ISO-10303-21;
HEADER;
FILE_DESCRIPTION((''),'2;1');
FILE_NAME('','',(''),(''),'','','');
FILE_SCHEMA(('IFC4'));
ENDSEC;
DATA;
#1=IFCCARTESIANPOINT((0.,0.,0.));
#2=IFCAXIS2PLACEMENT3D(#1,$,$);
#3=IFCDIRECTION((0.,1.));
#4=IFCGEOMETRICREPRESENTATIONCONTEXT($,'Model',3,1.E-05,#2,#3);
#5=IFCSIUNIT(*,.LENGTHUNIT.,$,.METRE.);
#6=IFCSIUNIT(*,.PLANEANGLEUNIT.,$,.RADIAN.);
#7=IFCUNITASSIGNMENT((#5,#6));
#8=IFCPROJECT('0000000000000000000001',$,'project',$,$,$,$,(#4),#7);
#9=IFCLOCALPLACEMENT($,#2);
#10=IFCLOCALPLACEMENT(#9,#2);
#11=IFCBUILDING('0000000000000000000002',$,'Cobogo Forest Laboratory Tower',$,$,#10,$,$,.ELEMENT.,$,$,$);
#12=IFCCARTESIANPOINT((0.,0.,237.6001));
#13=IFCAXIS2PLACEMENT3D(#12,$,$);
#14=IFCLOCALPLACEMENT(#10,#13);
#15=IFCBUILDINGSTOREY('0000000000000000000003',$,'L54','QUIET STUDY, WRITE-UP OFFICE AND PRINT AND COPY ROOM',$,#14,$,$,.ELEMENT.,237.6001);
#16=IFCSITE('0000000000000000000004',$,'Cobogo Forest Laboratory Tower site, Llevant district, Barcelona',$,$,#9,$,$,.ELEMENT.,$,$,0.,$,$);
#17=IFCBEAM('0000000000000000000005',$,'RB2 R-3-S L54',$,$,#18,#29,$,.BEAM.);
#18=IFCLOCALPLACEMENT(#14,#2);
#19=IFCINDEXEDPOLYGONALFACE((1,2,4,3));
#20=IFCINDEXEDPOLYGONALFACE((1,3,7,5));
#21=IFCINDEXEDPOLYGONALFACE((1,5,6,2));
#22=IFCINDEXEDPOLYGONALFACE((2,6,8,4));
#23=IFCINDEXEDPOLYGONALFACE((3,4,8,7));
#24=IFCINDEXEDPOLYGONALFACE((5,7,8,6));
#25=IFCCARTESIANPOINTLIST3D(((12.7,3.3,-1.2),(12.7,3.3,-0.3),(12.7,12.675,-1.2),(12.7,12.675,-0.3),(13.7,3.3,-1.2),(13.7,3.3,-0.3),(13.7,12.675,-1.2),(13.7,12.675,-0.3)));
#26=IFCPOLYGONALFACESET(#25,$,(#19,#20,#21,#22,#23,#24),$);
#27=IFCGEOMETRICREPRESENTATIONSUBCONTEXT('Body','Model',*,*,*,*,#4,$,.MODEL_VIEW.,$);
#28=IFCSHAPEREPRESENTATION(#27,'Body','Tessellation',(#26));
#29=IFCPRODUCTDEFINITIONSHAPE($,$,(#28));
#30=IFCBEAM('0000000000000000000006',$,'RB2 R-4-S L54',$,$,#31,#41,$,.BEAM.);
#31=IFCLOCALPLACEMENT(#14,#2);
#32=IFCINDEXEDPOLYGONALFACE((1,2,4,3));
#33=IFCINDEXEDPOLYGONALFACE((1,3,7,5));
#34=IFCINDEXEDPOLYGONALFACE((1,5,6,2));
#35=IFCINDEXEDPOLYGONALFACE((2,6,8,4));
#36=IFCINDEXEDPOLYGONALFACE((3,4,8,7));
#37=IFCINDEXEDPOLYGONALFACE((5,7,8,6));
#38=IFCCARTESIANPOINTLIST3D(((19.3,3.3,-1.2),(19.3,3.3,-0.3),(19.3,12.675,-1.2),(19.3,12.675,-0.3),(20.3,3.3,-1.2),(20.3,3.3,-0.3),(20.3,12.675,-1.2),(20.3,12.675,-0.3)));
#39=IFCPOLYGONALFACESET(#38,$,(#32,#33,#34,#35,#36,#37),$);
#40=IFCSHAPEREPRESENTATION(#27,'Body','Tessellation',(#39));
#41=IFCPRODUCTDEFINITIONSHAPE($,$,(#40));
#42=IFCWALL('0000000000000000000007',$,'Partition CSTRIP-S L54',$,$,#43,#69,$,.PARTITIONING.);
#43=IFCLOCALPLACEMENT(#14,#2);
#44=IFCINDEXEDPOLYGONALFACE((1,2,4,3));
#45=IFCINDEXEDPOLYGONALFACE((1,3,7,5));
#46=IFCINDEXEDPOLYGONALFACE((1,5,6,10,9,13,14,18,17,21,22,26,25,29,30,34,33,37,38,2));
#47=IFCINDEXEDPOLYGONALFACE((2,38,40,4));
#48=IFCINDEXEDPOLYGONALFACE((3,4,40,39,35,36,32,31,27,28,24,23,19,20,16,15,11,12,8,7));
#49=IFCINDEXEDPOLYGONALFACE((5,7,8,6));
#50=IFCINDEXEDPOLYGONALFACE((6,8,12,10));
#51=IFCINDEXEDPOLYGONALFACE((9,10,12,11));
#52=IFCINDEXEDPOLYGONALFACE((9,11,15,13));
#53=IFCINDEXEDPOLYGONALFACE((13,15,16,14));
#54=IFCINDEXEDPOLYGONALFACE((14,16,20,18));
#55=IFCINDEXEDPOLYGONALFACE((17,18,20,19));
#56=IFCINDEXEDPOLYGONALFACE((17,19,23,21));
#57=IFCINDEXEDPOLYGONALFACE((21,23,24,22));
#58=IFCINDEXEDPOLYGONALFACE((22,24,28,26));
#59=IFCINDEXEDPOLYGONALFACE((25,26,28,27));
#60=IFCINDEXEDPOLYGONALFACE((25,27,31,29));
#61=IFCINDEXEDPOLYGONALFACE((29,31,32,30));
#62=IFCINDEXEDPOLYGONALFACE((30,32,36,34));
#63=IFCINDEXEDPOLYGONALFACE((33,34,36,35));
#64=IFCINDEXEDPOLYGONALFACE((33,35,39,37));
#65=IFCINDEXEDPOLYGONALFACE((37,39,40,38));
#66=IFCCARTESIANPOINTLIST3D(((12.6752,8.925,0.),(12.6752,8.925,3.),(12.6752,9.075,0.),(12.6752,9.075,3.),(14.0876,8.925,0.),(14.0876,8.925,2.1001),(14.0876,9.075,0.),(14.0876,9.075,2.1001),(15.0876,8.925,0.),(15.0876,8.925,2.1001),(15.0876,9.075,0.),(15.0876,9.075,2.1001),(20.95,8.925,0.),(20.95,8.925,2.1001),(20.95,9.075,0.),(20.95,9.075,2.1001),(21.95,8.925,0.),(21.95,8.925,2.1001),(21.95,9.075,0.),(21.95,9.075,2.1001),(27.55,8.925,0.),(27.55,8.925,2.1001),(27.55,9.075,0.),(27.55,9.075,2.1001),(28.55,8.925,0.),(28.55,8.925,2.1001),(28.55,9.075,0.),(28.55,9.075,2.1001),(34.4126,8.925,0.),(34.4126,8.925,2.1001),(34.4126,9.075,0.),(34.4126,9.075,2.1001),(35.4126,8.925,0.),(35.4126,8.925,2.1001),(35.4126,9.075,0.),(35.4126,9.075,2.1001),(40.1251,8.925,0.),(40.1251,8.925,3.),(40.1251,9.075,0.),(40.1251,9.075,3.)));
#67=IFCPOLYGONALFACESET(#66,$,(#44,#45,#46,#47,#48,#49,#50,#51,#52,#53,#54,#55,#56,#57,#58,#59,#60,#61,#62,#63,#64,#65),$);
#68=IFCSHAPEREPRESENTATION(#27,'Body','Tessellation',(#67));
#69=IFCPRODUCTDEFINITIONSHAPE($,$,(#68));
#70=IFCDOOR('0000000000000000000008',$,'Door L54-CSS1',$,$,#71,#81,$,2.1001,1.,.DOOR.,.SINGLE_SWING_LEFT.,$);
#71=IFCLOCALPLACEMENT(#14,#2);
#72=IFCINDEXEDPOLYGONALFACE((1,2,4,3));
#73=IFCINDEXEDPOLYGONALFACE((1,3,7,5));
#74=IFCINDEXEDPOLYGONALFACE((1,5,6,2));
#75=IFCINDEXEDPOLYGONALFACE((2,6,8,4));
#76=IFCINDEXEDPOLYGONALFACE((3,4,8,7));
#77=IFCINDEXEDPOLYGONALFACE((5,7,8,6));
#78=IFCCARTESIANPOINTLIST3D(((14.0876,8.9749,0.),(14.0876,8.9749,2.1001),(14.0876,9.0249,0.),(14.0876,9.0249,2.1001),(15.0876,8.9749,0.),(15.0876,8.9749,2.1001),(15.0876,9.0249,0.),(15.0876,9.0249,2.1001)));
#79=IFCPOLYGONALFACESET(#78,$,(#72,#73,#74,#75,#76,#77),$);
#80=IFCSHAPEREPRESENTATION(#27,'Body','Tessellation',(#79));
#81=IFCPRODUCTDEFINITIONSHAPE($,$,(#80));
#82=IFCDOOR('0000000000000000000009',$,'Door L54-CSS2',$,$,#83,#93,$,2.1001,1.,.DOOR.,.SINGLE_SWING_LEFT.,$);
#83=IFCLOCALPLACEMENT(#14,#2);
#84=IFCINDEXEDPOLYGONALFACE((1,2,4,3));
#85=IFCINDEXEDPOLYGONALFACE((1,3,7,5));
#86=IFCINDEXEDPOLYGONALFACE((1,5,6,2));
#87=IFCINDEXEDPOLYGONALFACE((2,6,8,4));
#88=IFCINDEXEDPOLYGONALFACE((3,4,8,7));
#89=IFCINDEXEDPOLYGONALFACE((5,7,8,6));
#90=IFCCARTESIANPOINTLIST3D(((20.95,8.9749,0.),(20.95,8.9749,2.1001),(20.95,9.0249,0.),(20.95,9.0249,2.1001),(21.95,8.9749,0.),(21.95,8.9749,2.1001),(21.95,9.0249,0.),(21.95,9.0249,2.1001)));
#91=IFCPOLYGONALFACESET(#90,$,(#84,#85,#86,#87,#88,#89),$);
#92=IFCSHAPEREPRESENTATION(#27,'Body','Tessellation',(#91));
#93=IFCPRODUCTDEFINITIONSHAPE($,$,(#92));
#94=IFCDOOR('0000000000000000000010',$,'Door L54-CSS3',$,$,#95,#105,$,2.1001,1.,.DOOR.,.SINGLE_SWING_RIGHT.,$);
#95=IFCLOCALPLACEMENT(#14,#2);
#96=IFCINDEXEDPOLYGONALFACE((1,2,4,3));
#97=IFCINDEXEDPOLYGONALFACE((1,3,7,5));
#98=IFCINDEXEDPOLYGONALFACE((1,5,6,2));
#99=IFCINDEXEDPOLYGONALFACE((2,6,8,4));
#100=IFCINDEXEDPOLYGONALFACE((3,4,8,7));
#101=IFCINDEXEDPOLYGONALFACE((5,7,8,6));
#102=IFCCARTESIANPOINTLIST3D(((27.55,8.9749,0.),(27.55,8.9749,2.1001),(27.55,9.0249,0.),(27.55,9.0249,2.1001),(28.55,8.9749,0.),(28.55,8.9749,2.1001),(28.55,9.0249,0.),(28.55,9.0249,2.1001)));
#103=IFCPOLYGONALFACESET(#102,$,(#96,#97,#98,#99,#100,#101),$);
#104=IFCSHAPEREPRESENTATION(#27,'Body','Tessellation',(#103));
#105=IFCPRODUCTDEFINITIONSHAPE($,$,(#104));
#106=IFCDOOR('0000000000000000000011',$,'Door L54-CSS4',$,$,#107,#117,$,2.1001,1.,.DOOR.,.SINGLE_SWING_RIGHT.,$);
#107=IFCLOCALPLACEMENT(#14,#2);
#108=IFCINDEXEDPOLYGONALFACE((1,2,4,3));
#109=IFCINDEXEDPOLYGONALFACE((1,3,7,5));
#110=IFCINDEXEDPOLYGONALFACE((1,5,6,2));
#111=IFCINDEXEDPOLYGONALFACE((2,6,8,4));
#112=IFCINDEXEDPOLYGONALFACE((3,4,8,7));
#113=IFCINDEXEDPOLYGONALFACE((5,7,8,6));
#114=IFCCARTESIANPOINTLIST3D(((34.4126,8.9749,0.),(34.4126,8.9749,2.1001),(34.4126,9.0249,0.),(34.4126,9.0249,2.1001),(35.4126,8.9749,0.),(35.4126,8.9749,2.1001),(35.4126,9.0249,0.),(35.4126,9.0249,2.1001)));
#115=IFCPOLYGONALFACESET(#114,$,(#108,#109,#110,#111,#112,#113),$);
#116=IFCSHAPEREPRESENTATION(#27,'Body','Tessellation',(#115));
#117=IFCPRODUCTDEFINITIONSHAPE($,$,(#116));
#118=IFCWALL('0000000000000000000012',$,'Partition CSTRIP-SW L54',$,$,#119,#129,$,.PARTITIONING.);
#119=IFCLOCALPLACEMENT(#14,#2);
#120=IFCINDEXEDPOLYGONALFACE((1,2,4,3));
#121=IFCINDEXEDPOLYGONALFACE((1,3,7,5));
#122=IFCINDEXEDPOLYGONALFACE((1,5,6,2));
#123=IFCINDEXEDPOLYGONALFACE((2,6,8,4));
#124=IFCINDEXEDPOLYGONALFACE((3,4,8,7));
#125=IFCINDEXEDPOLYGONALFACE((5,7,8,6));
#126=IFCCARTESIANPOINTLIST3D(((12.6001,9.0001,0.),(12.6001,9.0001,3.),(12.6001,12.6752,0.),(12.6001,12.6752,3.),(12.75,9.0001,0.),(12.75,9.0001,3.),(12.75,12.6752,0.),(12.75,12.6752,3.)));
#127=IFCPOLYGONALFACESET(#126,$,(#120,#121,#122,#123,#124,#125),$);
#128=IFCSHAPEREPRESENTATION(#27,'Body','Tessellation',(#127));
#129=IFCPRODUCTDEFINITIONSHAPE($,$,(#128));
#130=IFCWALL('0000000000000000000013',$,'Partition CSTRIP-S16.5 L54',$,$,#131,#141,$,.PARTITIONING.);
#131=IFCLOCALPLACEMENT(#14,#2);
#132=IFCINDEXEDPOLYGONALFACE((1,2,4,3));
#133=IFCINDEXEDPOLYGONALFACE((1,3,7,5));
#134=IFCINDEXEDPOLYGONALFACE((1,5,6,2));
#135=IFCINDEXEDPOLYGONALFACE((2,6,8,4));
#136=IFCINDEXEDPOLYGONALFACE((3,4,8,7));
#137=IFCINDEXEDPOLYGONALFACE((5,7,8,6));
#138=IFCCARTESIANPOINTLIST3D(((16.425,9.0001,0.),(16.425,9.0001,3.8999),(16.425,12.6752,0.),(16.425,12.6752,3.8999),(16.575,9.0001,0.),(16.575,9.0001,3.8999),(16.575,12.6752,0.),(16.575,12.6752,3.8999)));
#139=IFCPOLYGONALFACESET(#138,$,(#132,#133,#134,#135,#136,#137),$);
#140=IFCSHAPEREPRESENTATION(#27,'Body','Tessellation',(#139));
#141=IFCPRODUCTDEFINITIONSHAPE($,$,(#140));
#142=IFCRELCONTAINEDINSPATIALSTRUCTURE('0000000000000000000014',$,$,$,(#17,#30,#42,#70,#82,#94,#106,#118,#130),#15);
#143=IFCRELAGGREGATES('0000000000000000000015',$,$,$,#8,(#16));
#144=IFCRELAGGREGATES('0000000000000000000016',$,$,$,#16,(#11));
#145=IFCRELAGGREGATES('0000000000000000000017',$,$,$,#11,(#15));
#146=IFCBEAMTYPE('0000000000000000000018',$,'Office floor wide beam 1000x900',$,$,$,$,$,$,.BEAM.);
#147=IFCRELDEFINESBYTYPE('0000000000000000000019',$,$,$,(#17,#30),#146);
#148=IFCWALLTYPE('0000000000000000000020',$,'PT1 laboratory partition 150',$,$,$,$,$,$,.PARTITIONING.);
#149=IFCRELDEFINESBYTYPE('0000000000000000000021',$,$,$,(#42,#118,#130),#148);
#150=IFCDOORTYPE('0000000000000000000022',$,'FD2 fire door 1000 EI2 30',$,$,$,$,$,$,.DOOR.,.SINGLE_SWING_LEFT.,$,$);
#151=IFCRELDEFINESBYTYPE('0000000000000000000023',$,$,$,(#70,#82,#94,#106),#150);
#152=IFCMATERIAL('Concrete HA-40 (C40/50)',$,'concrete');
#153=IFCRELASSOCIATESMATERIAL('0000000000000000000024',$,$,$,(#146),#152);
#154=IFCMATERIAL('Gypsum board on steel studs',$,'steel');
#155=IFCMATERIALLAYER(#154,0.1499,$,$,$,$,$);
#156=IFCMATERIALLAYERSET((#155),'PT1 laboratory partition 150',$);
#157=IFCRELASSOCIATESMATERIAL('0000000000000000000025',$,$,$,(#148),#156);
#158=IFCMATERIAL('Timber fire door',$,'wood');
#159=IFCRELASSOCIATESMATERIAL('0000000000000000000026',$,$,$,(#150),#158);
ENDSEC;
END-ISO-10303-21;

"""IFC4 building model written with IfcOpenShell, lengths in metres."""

from ifc_helpers import new_model, si_unit, direction, frame, frame_2d, origin, origin_2d, place, context, subcontext, project, spatial, rectangle, extrude, material, layer, layer_set, material_profile, profile_set, type_object, element, fill, save


model = new_model("IFC4")

# Units and contexts
model_context = context("Model", 3, precision=1e-05, world=origin(), true_north=direction((0.0, 1.0)))
body_context = subcontext(model_context, "Body", "Model", "MODEL_VIEW")
ifc_project = project(units=[si_unit("LENGTHUNIT", "METRE"), si_unit("PLANEANGLEUNIT", "RADIAN")], contexts=[model_context])

# Site, building, storey
site_placement = place(None, origin())
site = spatial("IfcSite", under=ifc_project, at=site_placement, Name="Cobogo Forest Laboratory Tower site, Llevant district, Barcelona", CompositionType="ELEMENT", RefElevation=0.0)
building_placement = place(site_placement, origin())
building = spatial("IfcBuilding", under=site, at=building_placement, Name="Cobogo Forest Laboratory Tower", CompositionType="ELEMENT")
storey_placement = place(building_placement, frame((0.0, 0.0, 237.6001)))
storey = spatial("IfcBuildingStorey", under=building, at=storey_placement, Name="L54", Description="QUIET STUDY, WRITE-UP OFFICE AND PRINT AND COPY ROOM", CompositionType="ELEMENT", Elevation=237.6001)

# Beams
ifc_material_1 = material(Name="Concrete HA-40 (C40/50)", Category="concrete")
ifc_material_profile = material_profile(ifc_material_1, rectangle(XDim=1.0, YDim=0.8999, at=origin_2d()), Name="RC 1000x900")
ifc_profile_set = profile_set([ifc_material_profile], Name="Concrete HA-40 (C40/50)")
beam_type = type_object("IfcBeamType", Name="Office floor wide beam 1000x900", PredefinedType="BEAM", material=ifc_profile_set)
for number, where, z_axis, x_axis, name in (
    (1, (13.2, 12.675, -0.75), (0.0, -1.0, 0.0), (1.0, 0.0, 0.0), "RB2 R-3-S L54"),
    (2, (19.8, 12.675, -0.75), (0.0, -1.0, 0.0), (1.0, 0.0, 0.0), "RB2 R-4-S L54"),
):
    element("IfcBeam", number, at=place(storey_placement, frame(where, z_axis=z_axis, x_axis=x_axis)), inside=storey, type_object=beam_type, Name=name, PredefinedType="BEAM", context=body_context, shape_type="SweptSolid", body=[
        extrude(rectangle(XDim=1.0, YDim=0.8999, at=origin_2d()), origin(), (0.0, 0.0, 1.0), 9.375),
    ])

# Wall, openings, doors
ifc_material_2 = material(Name="Gypsum board on steel studs", Category="steel")
ifc_layer_1 = layer(ifc_material_2, 0.1499)
ifc_layer_set_1 = layer_set([ifc_layer_1], Name="PT1 laboratory partition 150")
wall_type_1 = type_object("IfcWallType", Name="PT1 laboratory partition 150", PredefinedType="PARTITIONING", material=ifc_layer_set_1)
wall_1_placement = place(storey_placement, frame((12.675, 9.0, 0.0), z_axis=(0.0, 0.0, 1.0), x_axis=(1.0, 0.0, 0.0)))
wall_1 = element("IfcWall", 3, at=wall_1_placement, inside=storey, type_object=wall_type_1, Name="Partition CSTRIP-S L54", PredefinedType="PARTITIONING", context=body_context, shape_type="SweptSolid", body=[
    extrude(rectangle(XDim=27.45, YDim=0.1499, at=frame_2d((13.7251, 0.0))), origin(), (0.0, 0.0, 1.0), 3.0),
])
opening_1_placement = place(wall_1_placement, frame((1.4126, 0.0, 0.0)))
opening_1 = element("IfcOpeningElement", 4, at=opening_1_placement, cuts=wall_1, PredefinedType="OPENING", context=body_context, shape_type="SweptSolid", body=[
    extrude(rectangle(XDim=1.0, YDim=2.1001, at=frame_2d((0.5, 1.05))), frame((0.0, 0.085, 0.0), z_axis=(0.0, -1.0, 0.0), x_axis=(1.0, 0.0, 0.0)), (0.0, 0.0, 1.0), 0.1699),
])
opening_2_placement = place(wall_1_placement, frame((8.2749, 0.0, 0.0)))
opening_2 = element("IfcOpeningElement", 5, at=opening_2_placement, cuts=wall_1, PredefinedType="OPENING", context=body_context, shape_type="SweptSolid", body=[
    extrude(rectangle(XDim=1.0, YDim=2.1001, at=frame_2d((0.5, 1.05))), frame((0.0, 0.085, 0.0), z_axis=(0.0, -1.0, 0.0), x_axis=(1.0, 0.0, 0.0)), (0.0, 0.0, 1.0), 0.1699),
])
opening_3_placement = place(wall_1_placement, frame((14.875, 0.0, 0.0)))
opening_3 = element("IfcOpeningElement", 6, at=opening_3_placement, cuts=wall_1, PredefinedType="OPENING", context=body_context, shape_type="SweptSolid", body=[
    extrude(rectangle(XDim=1.0, YDim=2.1001, at=frame_2d((0.5, 1.05))), frame((0.0, 0.085, 0.0), z_axis=(0.0, -1.0, 0.0), x_axis=(1.0, 0.0, 0.0)), (0.0, 0.0, 1.0), 0.1699),
])
opening_4_placement = place(wall_1_placement, frame((21.7375, 0.0, 0.0)))
opening_4 = element("IfcOpeningElement", 7, at=opening_4_placement, cuts=wall_1, PredefinedType="OPENING", context=body_context, shape_type="SweptSolid", body=[
    extrude(rectangle(XDim=1.0, YDim=2.1001, at=frame_2d((0.5, 1.05))), frame((0.0, 0.085, 0.0), z_axis=(0.0, -1.0, 0.0), x_axis=(1.0, 0.0, 0.0)), (0.0, 0.0, 1.0), 0.1699),
])
ifc_material_3 = material(Name="Timber fire door", Category="wood")
door_type_1 = type_object("IfcDoorType", Name="FD2 fire door 1000 EI2 30", OperationType="SINGLE_SWING_LEFT", PredefinedType="DOOR", material=ifc_material_3)
door_1_placement = place(opening_1_placement, origin())
door_1 = element("IfcDoor", 8, at=door_1_placement, inside=storey, type_object=door_type_1, Name="Door L54-CSS1", OperationType="SINGLE_SWING_LEFT", OverallHeight=2.1001, OverallWidth=1.0, PredefinedType="DOOR", context=body_context, shape_type="SweptSolid", body=[
    extrude(rectangle(XDim=1.0, YDim=2.1001, at=frame_2d((0.5, 1.05))), frame((0.0, 0.0249, 0.0), z_axis=(0.0, -1.0, 0.0), x_axis=(1.0, 0.0, 0.0)), (0.0, 0.0, 1.0), 0.05),
])
fill(opening_1, door_1)
door_2_placement = place(opening_2_placement, origin())
door_2 = element("IfcDoor", 9, at=door_2_placement, inside=storey, type_object=door_type_1, Name="Door L54-CSS2", OperationType="SINGLE_SWING_LEFT", OverallHeight=2.1001, OverallWidth=1.0, PredefinedType="DOOR", context=body_context, shape_type="SweptSolid", body=[
    extrude(rectangle(XDim=1.0, YDim=2.1001, at=frame_2d((0.5, 1.05))), frame((0.0, 0.0249, 0.0), z_axis=(0.0, -1.0, 0.0), x_axis=(1.0, 0.0, 0.0)), (0.0, 0.0, 1.0), 0.05),
])
fill(opening_2, door_2)
door_3_placement = place(opening_3_placement, origin())
door_3 = element("IfcDoor", 10, at=door_3_placement, inside=storey, type_object=door_type_1, Name="Door L54-CSS3", OperationType="SINGLE_SWING_RIGHT", OverallHeight=2.1001, OverallWidth=1.0, PredefinedType="DOOR", context=body_context, shape_type="SweptSolid", body=[
    extrude(rectangle(XDim=1.0, YDim=2.1001, at=frame_2d((0.5, 1.05))), frame((0.0, 0.0249, 0.0), z_axis=(0.0, -1.0, 0.0), x_axis=(1.0, 0.0, 0.0)), (0.0, 0.0, 1.0), 0.05),
])
fill(opening_3, door_3)
door_4_placement = place(opening_4_placement, origin())
door_4 = element("IfcDoor", 11, at=door_4_placement, inside=storey, type_object=door_type_1, Name="Door L54-CSS4", OperationType="SINGLE_SWING_RIGHT", OverallHeight=2.1001, OverallWidth=1.0, PredefinedType="DOOR", context=body_context, shape_type="SweptSolid", body=[
    extrude(rectangle(XDim=1.0, YDim=2.1001, at=frame_2d((0.5, 1.05))), frame((0.0, 0.0249, 0.0), z_axis=(0.0, -1.0, 0.0), x_axis=(1.0, 0.0, 0.0)), (0.0, 0.0, 1.0), 0.05),
])
fill(opening_4, door_4)

# Walls
wall_2_placement = place(storey_placement, frame((12.675, 12.675, 0.0), z_axis=(0.0, 0.0, 1.0), x_axis=(0.0, -1.0, 0.0)))
element("IfcWall", 12, at=wall_2_placement, inside=storey, type_object=wall_type_1, Name="Partition CSTRIP-SW L54", PredefinedType="PARTITIONING", context=body_context, shape_type="SweptSolid", body=[
    extrude(rectangle(XDim=3.675, YDim=0.1499, at=frame_2d((1.8374, 0.0))), origin(), (0.0, 0.0, 1.0), 3.0),
])
wall_3_placement = place(storey_placement, frame((16.5, 12.675, 0.0), z_axis=(0.0, 0.0, 1.0), x_axis=(0.0, -1.0, 0.0)))
element("IfcWall", 13, at=wall_3_placement, inside=storey, type_object=wall_type_1, Name="Partition CSTRIP-S16.5 L54", PredefinedType="PARTITIONING", context=body_context, shape_type="SweptSolid", body=[
    extrude(rectangle(XDim=3.675, YDim=0.1499, at=frame_2d((1.8374, 0.0))), origin(), (0.0, 0.0, 1.0), 3.8999),
])

save(model, "model.ifc")
